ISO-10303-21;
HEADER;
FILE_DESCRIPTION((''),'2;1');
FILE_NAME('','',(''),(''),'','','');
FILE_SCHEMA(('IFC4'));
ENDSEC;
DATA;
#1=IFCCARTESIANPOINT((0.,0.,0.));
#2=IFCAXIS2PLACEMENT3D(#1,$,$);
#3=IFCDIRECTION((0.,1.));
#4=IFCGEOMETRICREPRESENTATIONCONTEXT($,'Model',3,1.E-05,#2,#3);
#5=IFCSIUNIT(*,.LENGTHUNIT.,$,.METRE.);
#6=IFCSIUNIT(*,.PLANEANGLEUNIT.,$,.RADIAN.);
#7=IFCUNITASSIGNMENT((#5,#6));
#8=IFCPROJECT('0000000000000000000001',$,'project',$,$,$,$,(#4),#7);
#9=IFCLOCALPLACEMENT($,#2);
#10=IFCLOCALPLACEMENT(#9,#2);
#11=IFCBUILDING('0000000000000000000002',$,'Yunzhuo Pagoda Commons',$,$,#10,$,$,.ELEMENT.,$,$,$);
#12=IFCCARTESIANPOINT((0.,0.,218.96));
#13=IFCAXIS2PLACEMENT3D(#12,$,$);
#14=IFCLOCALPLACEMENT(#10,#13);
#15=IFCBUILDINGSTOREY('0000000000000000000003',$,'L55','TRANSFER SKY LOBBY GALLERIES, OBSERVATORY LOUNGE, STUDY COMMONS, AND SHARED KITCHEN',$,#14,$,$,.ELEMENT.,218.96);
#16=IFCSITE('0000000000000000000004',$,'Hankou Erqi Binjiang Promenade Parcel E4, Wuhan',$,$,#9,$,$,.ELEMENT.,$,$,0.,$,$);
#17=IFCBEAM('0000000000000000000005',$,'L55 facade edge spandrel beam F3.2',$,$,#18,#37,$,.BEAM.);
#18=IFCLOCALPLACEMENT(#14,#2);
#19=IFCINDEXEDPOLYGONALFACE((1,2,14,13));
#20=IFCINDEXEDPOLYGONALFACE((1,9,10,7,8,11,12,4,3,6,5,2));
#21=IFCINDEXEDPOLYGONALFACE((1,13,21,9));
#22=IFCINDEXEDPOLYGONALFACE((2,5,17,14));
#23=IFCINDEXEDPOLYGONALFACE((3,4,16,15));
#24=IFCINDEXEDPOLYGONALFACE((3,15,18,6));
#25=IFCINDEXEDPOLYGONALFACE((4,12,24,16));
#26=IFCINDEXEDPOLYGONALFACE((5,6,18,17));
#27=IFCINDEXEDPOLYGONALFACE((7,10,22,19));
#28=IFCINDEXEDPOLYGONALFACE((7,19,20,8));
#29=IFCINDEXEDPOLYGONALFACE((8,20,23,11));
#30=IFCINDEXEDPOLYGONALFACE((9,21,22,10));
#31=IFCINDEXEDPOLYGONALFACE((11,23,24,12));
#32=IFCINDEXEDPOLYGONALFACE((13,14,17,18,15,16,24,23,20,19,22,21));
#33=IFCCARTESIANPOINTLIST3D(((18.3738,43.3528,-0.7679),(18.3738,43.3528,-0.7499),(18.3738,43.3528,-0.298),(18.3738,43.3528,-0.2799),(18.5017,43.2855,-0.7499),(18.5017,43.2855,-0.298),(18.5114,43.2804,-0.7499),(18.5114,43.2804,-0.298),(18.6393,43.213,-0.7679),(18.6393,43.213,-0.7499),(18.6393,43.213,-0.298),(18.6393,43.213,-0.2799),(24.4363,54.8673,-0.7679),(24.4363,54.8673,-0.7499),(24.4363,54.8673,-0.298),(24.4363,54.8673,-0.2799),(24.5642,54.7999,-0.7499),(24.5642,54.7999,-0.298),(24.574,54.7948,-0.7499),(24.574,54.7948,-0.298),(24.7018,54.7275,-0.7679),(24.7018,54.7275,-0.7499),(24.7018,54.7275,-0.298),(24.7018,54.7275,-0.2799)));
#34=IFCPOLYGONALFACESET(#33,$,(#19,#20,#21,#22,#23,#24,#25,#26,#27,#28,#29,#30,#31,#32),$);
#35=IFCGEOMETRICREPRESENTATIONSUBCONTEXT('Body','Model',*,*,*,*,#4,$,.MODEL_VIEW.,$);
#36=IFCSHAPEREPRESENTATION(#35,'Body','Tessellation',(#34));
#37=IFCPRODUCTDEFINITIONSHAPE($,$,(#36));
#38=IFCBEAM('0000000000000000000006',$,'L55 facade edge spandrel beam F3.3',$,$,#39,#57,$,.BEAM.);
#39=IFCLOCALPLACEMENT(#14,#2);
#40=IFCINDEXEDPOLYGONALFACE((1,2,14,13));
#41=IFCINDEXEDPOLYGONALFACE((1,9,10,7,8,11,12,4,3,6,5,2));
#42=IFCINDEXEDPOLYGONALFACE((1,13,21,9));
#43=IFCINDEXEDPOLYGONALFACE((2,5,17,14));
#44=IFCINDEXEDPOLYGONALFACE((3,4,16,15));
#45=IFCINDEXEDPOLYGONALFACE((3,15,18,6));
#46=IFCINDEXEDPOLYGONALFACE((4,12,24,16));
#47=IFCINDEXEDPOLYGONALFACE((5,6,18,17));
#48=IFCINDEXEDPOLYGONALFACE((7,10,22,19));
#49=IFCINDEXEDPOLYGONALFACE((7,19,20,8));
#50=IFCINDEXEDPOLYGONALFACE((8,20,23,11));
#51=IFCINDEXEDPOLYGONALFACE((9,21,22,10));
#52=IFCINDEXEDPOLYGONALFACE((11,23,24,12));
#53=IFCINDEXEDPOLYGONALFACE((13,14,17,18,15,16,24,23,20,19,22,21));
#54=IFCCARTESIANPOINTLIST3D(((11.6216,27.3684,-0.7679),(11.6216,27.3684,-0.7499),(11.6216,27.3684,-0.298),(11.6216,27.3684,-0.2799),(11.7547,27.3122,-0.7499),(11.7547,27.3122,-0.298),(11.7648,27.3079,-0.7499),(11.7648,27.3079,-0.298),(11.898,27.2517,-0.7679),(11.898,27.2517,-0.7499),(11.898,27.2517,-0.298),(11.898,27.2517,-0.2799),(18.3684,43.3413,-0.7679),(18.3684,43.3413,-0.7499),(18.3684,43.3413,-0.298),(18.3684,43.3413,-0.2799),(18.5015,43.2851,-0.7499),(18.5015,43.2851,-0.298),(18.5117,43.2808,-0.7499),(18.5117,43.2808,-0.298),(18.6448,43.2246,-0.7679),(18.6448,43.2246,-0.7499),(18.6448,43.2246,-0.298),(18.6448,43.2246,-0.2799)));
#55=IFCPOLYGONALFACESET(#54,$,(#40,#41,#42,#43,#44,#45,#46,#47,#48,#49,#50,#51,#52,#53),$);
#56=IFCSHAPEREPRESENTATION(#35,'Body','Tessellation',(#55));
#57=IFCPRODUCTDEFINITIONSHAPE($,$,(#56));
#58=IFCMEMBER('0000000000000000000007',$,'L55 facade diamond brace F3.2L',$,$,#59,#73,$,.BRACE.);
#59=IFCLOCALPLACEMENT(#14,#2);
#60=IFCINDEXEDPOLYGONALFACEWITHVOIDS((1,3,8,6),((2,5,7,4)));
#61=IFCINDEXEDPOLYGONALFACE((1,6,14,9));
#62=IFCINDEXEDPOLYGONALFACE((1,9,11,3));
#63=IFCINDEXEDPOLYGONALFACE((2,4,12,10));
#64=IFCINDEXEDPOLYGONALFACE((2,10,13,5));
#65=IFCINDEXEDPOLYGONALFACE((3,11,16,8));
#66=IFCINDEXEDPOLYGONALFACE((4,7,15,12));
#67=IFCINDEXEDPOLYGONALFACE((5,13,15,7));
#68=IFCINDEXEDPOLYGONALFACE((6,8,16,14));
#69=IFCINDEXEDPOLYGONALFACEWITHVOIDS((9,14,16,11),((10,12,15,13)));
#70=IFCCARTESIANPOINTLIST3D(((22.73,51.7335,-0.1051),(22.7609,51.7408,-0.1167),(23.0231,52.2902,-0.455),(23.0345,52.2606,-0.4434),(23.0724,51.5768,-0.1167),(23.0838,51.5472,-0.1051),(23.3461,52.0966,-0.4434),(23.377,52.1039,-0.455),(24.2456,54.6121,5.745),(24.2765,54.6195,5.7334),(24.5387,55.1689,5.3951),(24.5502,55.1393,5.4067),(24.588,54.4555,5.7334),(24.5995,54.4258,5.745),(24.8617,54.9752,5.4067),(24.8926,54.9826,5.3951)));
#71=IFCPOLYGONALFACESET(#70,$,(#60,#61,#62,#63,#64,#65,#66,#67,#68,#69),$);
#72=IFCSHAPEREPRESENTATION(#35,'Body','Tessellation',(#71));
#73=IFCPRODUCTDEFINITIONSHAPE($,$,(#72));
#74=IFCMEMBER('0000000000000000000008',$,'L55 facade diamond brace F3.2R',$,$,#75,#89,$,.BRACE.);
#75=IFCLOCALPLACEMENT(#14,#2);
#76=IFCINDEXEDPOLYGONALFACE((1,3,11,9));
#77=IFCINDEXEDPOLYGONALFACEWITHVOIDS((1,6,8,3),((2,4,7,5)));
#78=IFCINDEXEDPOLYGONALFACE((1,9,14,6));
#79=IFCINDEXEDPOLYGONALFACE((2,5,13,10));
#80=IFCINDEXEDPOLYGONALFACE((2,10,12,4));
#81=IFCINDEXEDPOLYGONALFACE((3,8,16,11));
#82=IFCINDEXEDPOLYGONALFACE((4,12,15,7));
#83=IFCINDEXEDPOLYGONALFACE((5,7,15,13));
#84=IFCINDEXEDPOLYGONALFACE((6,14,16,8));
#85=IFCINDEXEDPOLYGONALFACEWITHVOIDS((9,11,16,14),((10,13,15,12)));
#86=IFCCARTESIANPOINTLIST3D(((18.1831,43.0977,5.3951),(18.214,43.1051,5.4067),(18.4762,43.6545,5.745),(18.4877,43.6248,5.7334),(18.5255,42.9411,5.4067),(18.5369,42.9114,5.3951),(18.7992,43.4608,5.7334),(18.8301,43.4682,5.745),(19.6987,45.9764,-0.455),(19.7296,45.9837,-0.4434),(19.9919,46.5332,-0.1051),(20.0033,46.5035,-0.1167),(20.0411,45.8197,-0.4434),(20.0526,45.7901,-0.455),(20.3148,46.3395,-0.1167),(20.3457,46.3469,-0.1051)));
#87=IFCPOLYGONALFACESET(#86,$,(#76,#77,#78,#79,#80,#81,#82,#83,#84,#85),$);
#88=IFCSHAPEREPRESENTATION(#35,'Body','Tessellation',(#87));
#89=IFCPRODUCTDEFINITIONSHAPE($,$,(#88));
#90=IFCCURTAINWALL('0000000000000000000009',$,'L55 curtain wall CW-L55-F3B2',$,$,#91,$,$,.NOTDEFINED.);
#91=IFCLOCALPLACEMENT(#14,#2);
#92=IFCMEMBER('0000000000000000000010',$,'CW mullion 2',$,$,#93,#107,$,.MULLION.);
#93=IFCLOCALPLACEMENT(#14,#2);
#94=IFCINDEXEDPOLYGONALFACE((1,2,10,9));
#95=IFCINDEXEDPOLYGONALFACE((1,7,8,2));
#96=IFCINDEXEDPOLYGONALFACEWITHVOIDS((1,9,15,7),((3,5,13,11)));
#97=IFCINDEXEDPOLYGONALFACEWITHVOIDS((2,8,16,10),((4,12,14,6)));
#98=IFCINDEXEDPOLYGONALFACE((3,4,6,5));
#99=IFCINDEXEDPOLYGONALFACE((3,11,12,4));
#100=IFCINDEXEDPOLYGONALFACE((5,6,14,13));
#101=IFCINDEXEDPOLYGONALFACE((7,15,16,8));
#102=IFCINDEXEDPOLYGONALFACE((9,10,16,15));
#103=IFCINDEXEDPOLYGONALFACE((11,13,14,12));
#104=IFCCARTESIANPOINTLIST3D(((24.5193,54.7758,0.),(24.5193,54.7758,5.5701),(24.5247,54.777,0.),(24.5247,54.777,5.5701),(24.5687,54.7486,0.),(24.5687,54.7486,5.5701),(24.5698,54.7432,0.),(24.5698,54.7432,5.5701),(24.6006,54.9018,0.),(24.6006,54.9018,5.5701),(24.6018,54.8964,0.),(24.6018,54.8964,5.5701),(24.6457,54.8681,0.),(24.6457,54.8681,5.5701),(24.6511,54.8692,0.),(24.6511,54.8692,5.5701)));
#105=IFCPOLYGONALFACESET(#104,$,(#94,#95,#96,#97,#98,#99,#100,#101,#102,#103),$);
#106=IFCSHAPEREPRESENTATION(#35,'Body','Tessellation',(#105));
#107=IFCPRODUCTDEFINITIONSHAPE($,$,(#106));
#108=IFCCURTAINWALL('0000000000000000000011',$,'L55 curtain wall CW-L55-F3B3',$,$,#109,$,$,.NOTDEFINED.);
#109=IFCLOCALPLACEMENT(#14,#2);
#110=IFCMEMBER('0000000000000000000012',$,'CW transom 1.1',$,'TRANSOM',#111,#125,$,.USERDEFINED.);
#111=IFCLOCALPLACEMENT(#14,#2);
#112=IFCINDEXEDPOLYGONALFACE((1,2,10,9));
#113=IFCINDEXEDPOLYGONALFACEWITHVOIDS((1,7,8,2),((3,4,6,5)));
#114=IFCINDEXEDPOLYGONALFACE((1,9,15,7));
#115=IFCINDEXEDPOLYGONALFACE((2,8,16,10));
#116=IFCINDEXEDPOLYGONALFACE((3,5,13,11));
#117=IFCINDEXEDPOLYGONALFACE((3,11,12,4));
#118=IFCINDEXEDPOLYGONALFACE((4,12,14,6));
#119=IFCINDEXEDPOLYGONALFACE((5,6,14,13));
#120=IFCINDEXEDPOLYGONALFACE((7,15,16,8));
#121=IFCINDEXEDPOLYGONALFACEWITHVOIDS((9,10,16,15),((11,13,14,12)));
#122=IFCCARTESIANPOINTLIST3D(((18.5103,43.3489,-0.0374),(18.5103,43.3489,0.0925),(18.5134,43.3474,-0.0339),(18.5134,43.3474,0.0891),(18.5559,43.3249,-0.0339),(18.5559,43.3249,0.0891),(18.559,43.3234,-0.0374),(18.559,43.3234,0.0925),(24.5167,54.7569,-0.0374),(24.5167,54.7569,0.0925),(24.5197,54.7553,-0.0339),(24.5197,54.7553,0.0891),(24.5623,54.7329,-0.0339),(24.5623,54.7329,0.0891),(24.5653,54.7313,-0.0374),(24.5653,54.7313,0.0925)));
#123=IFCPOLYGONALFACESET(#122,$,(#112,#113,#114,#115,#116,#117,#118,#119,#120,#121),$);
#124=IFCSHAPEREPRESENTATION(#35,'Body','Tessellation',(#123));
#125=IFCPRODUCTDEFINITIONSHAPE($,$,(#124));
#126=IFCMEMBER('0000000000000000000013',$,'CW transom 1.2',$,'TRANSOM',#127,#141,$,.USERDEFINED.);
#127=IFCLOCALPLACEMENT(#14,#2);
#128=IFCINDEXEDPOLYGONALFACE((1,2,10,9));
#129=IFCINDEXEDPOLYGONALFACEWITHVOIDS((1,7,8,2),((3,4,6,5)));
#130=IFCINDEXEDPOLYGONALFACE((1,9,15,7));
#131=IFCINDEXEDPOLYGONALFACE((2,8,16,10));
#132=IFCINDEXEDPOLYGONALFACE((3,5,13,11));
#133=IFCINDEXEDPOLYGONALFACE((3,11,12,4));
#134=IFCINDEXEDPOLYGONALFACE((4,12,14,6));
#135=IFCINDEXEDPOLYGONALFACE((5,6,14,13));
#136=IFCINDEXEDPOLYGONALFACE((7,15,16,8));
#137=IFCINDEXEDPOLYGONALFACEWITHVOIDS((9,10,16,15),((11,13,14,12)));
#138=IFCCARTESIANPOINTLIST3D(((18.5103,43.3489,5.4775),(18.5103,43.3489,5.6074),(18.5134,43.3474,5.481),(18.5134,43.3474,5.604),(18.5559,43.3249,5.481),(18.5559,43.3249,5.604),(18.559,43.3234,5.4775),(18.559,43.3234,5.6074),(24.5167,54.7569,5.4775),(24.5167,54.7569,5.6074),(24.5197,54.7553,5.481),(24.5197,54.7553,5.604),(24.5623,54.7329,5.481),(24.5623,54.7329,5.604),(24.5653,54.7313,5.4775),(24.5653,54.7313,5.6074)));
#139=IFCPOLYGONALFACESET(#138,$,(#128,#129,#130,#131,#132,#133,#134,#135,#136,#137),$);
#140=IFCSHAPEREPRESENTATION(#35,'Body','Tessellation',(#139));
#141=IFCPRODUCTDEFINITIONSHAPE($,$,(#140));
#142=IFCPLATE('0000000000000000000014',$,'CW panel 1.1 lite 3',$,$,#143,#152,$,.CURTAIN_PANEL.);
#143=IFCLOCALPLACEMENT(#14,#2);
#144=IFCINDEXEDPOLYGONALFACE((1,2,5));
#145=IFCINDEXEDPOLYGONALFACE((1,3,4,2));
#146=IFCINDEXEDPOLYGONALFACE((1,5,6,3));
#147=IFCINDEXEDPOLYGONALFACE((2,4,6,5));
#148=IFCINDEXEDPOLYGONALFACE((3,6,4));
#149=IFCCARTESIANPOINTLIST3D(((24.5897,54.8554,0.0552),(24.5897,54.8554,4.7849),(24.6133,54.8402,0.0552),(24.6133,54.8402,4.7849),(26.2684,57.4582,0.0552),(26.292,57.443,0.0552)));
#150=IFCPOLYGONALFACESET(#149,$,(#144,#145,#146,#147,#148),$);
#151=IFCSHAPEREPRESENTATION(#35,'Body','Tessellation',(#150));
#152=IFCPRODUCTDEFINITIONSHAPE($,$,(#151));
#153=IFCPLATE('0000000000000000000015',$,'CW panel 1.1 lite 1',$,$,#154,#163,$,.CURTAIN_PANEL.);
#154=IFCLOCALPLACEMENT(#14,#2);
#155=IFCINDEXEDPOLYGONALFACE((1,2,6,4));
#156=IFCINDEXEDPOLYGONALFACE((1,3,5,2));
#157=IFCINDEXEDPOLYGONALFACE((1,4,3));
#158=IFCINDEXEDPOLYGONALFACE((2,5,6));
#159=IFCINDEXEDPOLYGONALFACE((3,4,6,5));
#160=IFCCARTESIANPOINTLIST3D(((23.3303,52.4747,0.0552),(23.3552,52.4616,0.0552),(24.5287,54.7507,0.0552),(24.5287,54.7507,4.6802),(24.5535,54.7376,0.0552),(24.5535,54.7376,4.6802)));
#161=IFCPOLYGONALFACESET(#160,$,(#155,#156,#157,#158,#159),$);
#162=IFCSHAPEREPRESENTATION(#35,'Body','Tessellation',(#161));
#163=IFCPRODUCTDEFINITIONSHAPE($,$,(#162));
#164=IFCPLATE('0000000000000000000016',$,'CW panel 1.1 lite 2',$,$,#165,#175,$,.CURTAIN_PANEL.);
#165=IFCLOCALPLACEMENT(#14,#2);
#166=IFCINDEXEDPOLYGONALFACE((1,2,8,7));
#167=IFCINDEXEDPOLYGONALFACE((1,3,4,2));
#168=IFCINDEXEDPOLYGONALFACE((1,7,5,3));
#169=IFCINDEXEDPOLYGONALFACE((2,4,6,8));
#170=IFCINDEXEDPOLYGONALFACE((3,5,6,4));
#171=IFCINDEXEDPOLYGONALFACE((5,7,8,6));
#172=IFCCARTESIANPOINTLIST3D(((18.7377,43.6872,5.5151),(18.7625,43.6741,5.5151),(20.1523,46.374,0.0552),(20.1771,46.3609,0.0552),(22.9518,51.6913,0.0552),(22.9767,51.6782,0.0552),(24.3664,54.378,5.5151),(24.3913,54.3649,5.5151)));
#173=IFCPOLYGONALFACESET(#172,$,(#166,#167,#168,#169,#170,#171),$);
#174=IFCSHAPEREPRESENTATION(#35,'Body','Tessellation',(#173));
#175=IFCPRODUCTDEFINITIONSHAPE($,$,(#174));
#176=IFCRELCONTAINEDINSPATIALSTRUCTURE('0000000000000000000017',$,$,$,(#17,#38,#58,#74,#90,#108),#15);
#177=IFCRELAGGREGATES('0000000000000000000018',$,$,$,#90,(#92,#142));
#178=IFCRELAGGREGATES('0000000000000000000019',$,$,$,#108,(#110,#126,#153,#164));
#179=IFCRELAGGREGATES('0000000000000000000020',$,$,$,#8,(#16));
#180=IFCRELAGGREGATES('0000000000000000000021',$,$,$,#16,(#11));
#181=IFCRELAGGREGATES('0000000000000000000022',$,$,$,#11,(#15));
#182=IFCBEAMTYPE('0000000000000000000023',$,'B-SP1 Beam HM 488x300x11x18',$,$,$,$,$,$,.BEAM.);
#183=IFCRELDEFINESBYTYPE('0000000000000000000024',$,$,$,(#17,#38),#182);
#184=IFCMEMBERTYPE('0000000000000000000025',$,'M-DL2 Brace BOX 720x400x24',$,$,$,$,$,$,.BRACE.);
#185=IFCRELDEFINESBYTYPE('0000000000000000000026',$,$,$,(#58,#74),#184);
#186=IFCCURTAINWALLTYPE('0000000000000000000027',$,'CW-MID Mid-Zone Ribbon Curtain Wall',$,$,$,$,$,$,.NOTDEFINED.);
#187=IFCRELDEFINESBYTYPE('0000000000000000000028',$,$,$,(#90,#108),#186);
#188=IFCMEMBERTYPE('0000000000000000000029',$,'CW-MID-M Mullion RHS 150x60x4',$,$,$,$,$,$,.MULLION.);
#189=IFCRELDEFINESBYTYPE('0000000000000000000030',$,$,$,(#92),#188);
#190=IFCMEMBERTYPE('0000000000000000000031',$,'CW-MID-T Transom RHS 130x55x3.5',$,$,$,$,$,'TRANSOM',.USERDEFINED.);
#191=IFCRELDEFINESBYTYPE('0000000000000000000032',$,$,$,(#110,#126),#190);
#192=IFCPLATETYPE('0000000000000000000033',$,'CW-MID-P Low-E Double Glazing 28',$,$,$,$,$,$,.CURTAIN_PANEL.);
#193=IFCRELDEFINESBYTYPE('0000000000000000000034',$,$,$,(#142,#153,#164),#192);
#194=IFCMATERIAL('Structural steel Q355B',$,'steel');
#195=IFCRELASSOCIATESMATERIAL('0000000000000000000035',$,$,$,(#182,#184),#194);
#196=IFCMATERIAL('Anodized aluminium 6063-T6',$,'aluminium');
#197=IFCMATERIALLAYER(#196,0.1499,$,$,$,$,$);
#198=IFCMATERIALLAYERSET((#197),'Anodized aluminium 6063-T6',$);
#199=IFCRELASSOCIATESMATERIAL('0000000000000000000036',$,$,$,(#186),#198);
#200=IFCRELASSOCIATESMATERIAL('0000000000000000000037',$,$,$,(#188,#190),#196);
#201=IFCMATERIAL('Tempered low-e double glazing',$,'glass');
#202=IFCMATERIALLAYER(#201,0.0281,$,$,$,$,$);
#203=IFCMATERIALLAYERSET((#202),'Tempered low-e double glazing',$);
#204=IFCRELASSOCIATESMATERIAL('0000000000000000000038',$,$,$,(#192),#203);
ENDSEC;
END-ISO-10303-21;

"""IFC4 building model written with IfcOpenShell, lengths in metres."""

from ifc_helpers import new_model, si_unit, direction, frame, origin, origin_2d, place, context, subcontext, project, spatial, polyline, hollow_rectangle, i_section, outline, extrude, source, transform, mapped, material, layer, layer_set, material_profile, profile_set, type_object, element, aggregate, save


model = new_model("IFC4")

# Units and contexts
model_context = context("Model", 3, precision=1e-05, world=origin(), true_north=direction((0.0, 1.0)))
body_context = subcontext(model_context, "Body", "Model", "MODEL_VIEW")
ifc_project = project(units=[si_unit("LENGTHUNIT", "METRE"), si_unit("PLANEANGLEUNIT", "RADIAN")], contexts=[model_context])

# Site, building, storey
site_placement = place(None, origin())
site = spatial("IfcSite", under=ifc_project, at=site_placement, Name="Hankou Erqi Binjiang Promenade Parcel E4, Wuhan", CompositionType="ELEMENT", RefElevation=0.0)
building_placement = place(site_placement, origin())
building = spatial("IfcBuilding", under=site, at=building_placement, Name="Yunzhuo Pagoda Commons", CompositionType="ELEMENT")
storey_placement = place(building_placement, frame((0.0, 0.0, 218.96)))
storey = spatial("IfcBuildingStorey", under=building, at=storey_placement, Name="L55", Description="TRANSFER SKY LOBBY GALLERIES, OBSERVATORY LOUNGE, STUDY COMMONS, AND SHARED KITCHEN", CompositionType="ELEMENT", Elevation=218.96)

# Beams
ifc_material_1 = material(Name="Structural steel Q355B", Category="steel")
ifc_material_profile_1 = material_profile(ifc_material_1, i_section(OverallWidth=0.3, OverallDepth=0.488, WebThickness=0.011, FlangeThickness=0.0181, at=origin_2d()), Name="Structural steel Q355B")
ifc_profile_set_1 = profile_set([ifc_material_profile_1], Name="Structural steel Q355B")
beam_type_1 = type_object("IfcBeamType", Name="B-SP1 Beam HM 488x300x11x18", PredefinedType="BEAM", material=ifc_profile_set_1)
shared_shape_1 = source(origin(), body_context, "Body", "SweptSolid", [
    extrude(i_section(OverallWidth=0.3, OverallDepth=0.488, WebThickness=0.011, FlangeThickness=0.0181, at=origin_2d()), origin(), (0.0, 0.0, 1.0), 13.0129),
])
beam_1_placement = place(storey_placement, frame((24.5691, 54.7974, -0.5239), z_axis=(-0.465884, -0.884846, 0.0), x_axis=(0.884846, -0.465884, 0.0)))
element("IfcBeam", 1, at=beam_1_placement, inside=storey, type_object=beam_type_1, Name="L55 facade edge spandrel beam F3.2", PredefinedType="BEAM", context=body_context, shape_type="MappedRepresentation", body=[
    mapped(shared_shape_1, transform((0.0, 0.0, 0.0), scale=1.0)),
])
shared_shape_2 = source(origin(), body_context, "Body", "SweptSolid", [
    extrude(i_section(OverallWidth=0.3, OverallDepth=0.488, WebThickness=0.011, FlangeThickness=0.0181, at=origin_2d()), origin(), (0.0, 0.0, 1.0), 17.3394),
])
beam_2_placement = place(storey_placement, frame((18.5066, 43.283, -0.5239), z_axis=(-0.389105, -0.921193, 0.0), x_axis=(0.921193, -0.389105, 0.0)))
element("IfcBeam", 2, at=beam_2_placement, inside=storey, type_object=beam_type_1, Name="L55 facade edge spandrel beam F3.3", PredefinedType="BEAM", context=body_context, shape_type="MappedRepresentation", body=[
    mapped(shared_shape_2, transform((0.0, 0.0, 0.0), scale=1.0)),
])

# Members
ifc_material_profile_2 = material_profile(ifc_material_1, hollow_rectangle(XDim=0.3999, YDim=0.72, WallThickness=0.0239, at=origin_2d()), Name="Structural steel Q355B")
ifc_profile_set_2 = profile_set([ifc_material_profile_2], Name="Structural steel Q355B")
member_type_1 = type_object("IfcMemberType", Name="M-DL2 Brace BOX 720x400x24", PredefinedType="BRACE", material=ifc_profile_set_2)
shared_shape_3 = source(origin(), body_context, "Body", "SweptSolid", [
    extrude(hollow_rectangle(XDim=0.3999, YDim=0.72, WallThickness=0.0239, at=origin_2d()), origin(), (0.0, 0.0, 1.0), 6.6938),
])
for number, where, z_axis, x_axis, name in (
    (3, (23.0535, 51.9187, -0.28), (0.226421, 0.430047, 0.873953), (-0.88485, 0.465876, 0.0), "L55 facade diamond brace F3.2L"),
    (4, (20.0222, 46.1616, -0.28), (-0.226421, -0.430047, 0.873953), (0.88485, -0.465876, 0.0), "L55 facade diamond brace F3.2R"),
):
    element("IfcMember", number, at=place(storey_placement, frame(where, z_axis=z_axis, x_axis=x_axis)), inside=storey, type_object=member_type_1, Name=name, PredefinedType="BRACE", context=body_context, shape_type="MappedRepresentation", body=[
        mapped(shared_shape_3, transform((0.0, 0.0, 0.0), scale=1.0)),
    ])

# Curtain wall, member
ifc_material_2 = material(Name="Anodized aluminium 6063-T6", Category="aluminium")
ifc_layer_1 = layer(ifc_material_2, 0.1499)
ifc_layer_set_1 = layer_set([ifc_layer_1], Name="Anodized aluminium 6063-T6")
curtain_wall_type = type_object("IfcCurtainWallType", Name="CW-MID Mid-Zone Ribbon Curtain Wall", PredefinedType="NOTDEFINED", material=ifc_layer_set_1)
curtain_wall_1_placement = place(storey_placement, origin())
curtain_wall_1 = element("IfcCurtainWall", 5, at=curtain_wall_1_placement, inside=storey, type_object=curtain_wall_type, Name="L55 curtain wall CW-L55-F3B2", PredefinedType="NOTDEFINED")
ifc_material_profile_3 = material_profile(ifc_material_2, hollow_rectangle(XDim=0.0601, YDim=0.1499, WallThickness=0.0039, at=origin_2d()), Name="Anodized aluminium 6063-T6")
ifc_profile_set_3 = profile_set([ifc_material_profile_3], Name="Anodized aluminium 6063-T6")
member_type_2 = type_object("IfcMemberType", Name="CW-MID-M Mullion RHS 150x60x4", PredefinedType="MULLION", material=ifc_profile_set_3)
shared_shape_4 = source(origin(), body_context, "Body", "SweptSolid", [
    extrude(hollow_rectangle(XDim=0.0601, YDim=0.1499, WallThickness=0.0039, at=origin_2d()), origin(), (0.0, 0.0, 1.0), 5.5701),
])
member_1_placement = place(storey_placement, frame((24.5852, 54.8225, 0.0), z_axis=(0.0, 0.0, 1.0), x_axis=(0.840365, -0.542021, 0.0)))
member_1 = element("IfcMember", 6, at=member_1_placement, type_object=member_type_2, Name="CW mullion 2", PredefinedType="MULLION", context=body_context, shape_type="MappedRepresentation", body=[
    mapped(shared_shape_4, transform((0.0, 0.0, 0.0), scale=1.0)),
])

# Curtain wall, members
curtain_wall_2_placement = place(storey_placement, origin())
curtain_wall_2 = element("IfcCurtainWall", 7, at=curtain_wall_2_placement, inside=storey, type_object=curtain_wall_type, Name="L55 curtain wall CW-L55-F3B3", PredefinedType="NOTDEFINED")
ifc_material_profile_4 = material_profile(ifc_material_2, hollow_rectangle(XDim=0.0549, YDim=0.1299, WallThickness=0.0034, at=origin_2d()), Name="Anodized aluminium 6063-T6")
ifc_profile_set_4 = profile_set([ifc_material_profile_4], Name="Anodized aluminium 6063-T6")
member_type_3 = type_object("IfcMemberType", Name="CW-MID-T Transom RHS 130x55x3.5", ElementType="TRANSOM", PredefinedType="USERDEFINED", material=ifc_profile_set_4)
shared_shape_5 = source(origin(), body_context, "Body", "SweptSolid", [
    extrude(hollow_rectangle(XDim=0.0549, YDim=0.1299, WallThickness=0.0034, at=origin_2d()), origin(), (0.0, 0.0, 1.0), 12.8926),
])
member_2_placement = place(storey_placement, frame((24.541, 54.7441, 0.0276), z_axis=(-0.465878, -0.884849, 0.0), x_axis=(0.884849, -0.465878, 0.0)))
member_2 = element("IfcMember", 8, at=member_2_placement, type_object=member_type_3, Name="CW transom 1.1", ObjectType="TRANSOM", PredefinedType="USERDEFINED", context=body_context, shape_type="MappedRepresentation", body=[
    mapped(shared_shape_5, transform((0.0, 0.0, 0.0), scale=1.0)),
])
member_3_placement = place(storey_placement, frame((24.541, 54.7441, 5.5425), z_axis=(-0.465878, -0.884849, 0.0), x_axis=(0.884849, -0.465878, 0.0)))
member_3 = element("IfcMember", 9, at=member_3_placement, type_object=member_type_3, Name="CW transom 1.2", ObjectType="TRANSOM", PredefinedType="USERDEFINED", context=body_context, shape_type="MappedRepresentation", body=[
    mapped(shared_shape_5, transform((0.0, 0.0, 0.0), scale=1.0)),
])

# Plates
ifc_material_3 = material(Name="Tempered low-e double glazing", Category="glass")
ifc_layer_2 = layer(ifc_material_3, 0.0281)
ifc_layer_set_2 = layer_set([ifc_layer_2], Name="Tempered low-e double glazing")
plate_type_1 = type_object("IfcPlateType", Name="CW-MID-P Low-E Double Glazing 28", PredefinedType="CURTAIN_PANEL", material=ifc_layer_set_2)
plate_1_placement = place(storey_placement, frame((25.4526, 56.1416, 2.4199), z_axis=(-0.840365, 0.542021, 0.0), x_axis=(-0.542021, -0.840365, 0.0)))
plate_1 = element("IfcPlate", 10, at=plate_1_placement, type_object=plate_type_1, Name="CW panel 1.1 lite 3", PredefinedType="CURTAIN_PANEL", context=body_context, shape_type="SweptSolid", body=[
    extrude(outline(polyline([(-1.5486, -2.3647), (1.5486, -2.3647), (1.5486, 2.365), (-1.5486, -2.3647)])), origin(), (0.0, 0.0, 1.0), 0.0281),
])
aggregate(curtain_wall_1, [member_1, plate_1])
plate_2_placement = place(storey_placement, frame((23.9543, 53.5996, 2.3677), z_axis=(-0.88485, 0.465875, 0.0), x_axis=(-0.465875, -0.88485, 0.0)))
plate_2 = element("IfcPlate", 11, at=plate_2_placement, type_object=plate_type_1, Name="CW panel 1.1 lite 1", PredefinedType="CURTAIN_PANEL", context=body_context, shape_type="SweptSolid", body=[
    extrude(outline(polyline([(-1.2861, -2.3125), (1.2861, -2.3125), (-1.2861, 2.3125), (-1.2861, -2.3125)])), origin(), (0.0, 0.0, 1.0), 0.0281),
])
plate_3_placement = place(storey_placement, frame((21.5769, 49.0195, 2.7852), z_axis=(-0.88485, 0.465875, 0.0), x_axis=(-0.465875, -0.88485, 0.0)))
plate_3 = element("IfcPlate", 12, at=plate_3_placement, type_object=plate_type_1, Name="CW panel 1.1 lite 2", PredefinedType="CURTAIN_PANEL", context=body_context, shape_type="SweptSolid", body=[
    extrude(outline(polyline([(-6.041, 2.73), (-3.0046, -2.73), (3.0046, -2.73), (6.041, 2.73), (-6.041, 2.73)])), origin(), (0.0, 0.0, 1.0), 0.0281),
])
aggregate(curtain_wall_2, [member_2, member_3, plate_2, plate_3])

save(model, "model.ifc")
